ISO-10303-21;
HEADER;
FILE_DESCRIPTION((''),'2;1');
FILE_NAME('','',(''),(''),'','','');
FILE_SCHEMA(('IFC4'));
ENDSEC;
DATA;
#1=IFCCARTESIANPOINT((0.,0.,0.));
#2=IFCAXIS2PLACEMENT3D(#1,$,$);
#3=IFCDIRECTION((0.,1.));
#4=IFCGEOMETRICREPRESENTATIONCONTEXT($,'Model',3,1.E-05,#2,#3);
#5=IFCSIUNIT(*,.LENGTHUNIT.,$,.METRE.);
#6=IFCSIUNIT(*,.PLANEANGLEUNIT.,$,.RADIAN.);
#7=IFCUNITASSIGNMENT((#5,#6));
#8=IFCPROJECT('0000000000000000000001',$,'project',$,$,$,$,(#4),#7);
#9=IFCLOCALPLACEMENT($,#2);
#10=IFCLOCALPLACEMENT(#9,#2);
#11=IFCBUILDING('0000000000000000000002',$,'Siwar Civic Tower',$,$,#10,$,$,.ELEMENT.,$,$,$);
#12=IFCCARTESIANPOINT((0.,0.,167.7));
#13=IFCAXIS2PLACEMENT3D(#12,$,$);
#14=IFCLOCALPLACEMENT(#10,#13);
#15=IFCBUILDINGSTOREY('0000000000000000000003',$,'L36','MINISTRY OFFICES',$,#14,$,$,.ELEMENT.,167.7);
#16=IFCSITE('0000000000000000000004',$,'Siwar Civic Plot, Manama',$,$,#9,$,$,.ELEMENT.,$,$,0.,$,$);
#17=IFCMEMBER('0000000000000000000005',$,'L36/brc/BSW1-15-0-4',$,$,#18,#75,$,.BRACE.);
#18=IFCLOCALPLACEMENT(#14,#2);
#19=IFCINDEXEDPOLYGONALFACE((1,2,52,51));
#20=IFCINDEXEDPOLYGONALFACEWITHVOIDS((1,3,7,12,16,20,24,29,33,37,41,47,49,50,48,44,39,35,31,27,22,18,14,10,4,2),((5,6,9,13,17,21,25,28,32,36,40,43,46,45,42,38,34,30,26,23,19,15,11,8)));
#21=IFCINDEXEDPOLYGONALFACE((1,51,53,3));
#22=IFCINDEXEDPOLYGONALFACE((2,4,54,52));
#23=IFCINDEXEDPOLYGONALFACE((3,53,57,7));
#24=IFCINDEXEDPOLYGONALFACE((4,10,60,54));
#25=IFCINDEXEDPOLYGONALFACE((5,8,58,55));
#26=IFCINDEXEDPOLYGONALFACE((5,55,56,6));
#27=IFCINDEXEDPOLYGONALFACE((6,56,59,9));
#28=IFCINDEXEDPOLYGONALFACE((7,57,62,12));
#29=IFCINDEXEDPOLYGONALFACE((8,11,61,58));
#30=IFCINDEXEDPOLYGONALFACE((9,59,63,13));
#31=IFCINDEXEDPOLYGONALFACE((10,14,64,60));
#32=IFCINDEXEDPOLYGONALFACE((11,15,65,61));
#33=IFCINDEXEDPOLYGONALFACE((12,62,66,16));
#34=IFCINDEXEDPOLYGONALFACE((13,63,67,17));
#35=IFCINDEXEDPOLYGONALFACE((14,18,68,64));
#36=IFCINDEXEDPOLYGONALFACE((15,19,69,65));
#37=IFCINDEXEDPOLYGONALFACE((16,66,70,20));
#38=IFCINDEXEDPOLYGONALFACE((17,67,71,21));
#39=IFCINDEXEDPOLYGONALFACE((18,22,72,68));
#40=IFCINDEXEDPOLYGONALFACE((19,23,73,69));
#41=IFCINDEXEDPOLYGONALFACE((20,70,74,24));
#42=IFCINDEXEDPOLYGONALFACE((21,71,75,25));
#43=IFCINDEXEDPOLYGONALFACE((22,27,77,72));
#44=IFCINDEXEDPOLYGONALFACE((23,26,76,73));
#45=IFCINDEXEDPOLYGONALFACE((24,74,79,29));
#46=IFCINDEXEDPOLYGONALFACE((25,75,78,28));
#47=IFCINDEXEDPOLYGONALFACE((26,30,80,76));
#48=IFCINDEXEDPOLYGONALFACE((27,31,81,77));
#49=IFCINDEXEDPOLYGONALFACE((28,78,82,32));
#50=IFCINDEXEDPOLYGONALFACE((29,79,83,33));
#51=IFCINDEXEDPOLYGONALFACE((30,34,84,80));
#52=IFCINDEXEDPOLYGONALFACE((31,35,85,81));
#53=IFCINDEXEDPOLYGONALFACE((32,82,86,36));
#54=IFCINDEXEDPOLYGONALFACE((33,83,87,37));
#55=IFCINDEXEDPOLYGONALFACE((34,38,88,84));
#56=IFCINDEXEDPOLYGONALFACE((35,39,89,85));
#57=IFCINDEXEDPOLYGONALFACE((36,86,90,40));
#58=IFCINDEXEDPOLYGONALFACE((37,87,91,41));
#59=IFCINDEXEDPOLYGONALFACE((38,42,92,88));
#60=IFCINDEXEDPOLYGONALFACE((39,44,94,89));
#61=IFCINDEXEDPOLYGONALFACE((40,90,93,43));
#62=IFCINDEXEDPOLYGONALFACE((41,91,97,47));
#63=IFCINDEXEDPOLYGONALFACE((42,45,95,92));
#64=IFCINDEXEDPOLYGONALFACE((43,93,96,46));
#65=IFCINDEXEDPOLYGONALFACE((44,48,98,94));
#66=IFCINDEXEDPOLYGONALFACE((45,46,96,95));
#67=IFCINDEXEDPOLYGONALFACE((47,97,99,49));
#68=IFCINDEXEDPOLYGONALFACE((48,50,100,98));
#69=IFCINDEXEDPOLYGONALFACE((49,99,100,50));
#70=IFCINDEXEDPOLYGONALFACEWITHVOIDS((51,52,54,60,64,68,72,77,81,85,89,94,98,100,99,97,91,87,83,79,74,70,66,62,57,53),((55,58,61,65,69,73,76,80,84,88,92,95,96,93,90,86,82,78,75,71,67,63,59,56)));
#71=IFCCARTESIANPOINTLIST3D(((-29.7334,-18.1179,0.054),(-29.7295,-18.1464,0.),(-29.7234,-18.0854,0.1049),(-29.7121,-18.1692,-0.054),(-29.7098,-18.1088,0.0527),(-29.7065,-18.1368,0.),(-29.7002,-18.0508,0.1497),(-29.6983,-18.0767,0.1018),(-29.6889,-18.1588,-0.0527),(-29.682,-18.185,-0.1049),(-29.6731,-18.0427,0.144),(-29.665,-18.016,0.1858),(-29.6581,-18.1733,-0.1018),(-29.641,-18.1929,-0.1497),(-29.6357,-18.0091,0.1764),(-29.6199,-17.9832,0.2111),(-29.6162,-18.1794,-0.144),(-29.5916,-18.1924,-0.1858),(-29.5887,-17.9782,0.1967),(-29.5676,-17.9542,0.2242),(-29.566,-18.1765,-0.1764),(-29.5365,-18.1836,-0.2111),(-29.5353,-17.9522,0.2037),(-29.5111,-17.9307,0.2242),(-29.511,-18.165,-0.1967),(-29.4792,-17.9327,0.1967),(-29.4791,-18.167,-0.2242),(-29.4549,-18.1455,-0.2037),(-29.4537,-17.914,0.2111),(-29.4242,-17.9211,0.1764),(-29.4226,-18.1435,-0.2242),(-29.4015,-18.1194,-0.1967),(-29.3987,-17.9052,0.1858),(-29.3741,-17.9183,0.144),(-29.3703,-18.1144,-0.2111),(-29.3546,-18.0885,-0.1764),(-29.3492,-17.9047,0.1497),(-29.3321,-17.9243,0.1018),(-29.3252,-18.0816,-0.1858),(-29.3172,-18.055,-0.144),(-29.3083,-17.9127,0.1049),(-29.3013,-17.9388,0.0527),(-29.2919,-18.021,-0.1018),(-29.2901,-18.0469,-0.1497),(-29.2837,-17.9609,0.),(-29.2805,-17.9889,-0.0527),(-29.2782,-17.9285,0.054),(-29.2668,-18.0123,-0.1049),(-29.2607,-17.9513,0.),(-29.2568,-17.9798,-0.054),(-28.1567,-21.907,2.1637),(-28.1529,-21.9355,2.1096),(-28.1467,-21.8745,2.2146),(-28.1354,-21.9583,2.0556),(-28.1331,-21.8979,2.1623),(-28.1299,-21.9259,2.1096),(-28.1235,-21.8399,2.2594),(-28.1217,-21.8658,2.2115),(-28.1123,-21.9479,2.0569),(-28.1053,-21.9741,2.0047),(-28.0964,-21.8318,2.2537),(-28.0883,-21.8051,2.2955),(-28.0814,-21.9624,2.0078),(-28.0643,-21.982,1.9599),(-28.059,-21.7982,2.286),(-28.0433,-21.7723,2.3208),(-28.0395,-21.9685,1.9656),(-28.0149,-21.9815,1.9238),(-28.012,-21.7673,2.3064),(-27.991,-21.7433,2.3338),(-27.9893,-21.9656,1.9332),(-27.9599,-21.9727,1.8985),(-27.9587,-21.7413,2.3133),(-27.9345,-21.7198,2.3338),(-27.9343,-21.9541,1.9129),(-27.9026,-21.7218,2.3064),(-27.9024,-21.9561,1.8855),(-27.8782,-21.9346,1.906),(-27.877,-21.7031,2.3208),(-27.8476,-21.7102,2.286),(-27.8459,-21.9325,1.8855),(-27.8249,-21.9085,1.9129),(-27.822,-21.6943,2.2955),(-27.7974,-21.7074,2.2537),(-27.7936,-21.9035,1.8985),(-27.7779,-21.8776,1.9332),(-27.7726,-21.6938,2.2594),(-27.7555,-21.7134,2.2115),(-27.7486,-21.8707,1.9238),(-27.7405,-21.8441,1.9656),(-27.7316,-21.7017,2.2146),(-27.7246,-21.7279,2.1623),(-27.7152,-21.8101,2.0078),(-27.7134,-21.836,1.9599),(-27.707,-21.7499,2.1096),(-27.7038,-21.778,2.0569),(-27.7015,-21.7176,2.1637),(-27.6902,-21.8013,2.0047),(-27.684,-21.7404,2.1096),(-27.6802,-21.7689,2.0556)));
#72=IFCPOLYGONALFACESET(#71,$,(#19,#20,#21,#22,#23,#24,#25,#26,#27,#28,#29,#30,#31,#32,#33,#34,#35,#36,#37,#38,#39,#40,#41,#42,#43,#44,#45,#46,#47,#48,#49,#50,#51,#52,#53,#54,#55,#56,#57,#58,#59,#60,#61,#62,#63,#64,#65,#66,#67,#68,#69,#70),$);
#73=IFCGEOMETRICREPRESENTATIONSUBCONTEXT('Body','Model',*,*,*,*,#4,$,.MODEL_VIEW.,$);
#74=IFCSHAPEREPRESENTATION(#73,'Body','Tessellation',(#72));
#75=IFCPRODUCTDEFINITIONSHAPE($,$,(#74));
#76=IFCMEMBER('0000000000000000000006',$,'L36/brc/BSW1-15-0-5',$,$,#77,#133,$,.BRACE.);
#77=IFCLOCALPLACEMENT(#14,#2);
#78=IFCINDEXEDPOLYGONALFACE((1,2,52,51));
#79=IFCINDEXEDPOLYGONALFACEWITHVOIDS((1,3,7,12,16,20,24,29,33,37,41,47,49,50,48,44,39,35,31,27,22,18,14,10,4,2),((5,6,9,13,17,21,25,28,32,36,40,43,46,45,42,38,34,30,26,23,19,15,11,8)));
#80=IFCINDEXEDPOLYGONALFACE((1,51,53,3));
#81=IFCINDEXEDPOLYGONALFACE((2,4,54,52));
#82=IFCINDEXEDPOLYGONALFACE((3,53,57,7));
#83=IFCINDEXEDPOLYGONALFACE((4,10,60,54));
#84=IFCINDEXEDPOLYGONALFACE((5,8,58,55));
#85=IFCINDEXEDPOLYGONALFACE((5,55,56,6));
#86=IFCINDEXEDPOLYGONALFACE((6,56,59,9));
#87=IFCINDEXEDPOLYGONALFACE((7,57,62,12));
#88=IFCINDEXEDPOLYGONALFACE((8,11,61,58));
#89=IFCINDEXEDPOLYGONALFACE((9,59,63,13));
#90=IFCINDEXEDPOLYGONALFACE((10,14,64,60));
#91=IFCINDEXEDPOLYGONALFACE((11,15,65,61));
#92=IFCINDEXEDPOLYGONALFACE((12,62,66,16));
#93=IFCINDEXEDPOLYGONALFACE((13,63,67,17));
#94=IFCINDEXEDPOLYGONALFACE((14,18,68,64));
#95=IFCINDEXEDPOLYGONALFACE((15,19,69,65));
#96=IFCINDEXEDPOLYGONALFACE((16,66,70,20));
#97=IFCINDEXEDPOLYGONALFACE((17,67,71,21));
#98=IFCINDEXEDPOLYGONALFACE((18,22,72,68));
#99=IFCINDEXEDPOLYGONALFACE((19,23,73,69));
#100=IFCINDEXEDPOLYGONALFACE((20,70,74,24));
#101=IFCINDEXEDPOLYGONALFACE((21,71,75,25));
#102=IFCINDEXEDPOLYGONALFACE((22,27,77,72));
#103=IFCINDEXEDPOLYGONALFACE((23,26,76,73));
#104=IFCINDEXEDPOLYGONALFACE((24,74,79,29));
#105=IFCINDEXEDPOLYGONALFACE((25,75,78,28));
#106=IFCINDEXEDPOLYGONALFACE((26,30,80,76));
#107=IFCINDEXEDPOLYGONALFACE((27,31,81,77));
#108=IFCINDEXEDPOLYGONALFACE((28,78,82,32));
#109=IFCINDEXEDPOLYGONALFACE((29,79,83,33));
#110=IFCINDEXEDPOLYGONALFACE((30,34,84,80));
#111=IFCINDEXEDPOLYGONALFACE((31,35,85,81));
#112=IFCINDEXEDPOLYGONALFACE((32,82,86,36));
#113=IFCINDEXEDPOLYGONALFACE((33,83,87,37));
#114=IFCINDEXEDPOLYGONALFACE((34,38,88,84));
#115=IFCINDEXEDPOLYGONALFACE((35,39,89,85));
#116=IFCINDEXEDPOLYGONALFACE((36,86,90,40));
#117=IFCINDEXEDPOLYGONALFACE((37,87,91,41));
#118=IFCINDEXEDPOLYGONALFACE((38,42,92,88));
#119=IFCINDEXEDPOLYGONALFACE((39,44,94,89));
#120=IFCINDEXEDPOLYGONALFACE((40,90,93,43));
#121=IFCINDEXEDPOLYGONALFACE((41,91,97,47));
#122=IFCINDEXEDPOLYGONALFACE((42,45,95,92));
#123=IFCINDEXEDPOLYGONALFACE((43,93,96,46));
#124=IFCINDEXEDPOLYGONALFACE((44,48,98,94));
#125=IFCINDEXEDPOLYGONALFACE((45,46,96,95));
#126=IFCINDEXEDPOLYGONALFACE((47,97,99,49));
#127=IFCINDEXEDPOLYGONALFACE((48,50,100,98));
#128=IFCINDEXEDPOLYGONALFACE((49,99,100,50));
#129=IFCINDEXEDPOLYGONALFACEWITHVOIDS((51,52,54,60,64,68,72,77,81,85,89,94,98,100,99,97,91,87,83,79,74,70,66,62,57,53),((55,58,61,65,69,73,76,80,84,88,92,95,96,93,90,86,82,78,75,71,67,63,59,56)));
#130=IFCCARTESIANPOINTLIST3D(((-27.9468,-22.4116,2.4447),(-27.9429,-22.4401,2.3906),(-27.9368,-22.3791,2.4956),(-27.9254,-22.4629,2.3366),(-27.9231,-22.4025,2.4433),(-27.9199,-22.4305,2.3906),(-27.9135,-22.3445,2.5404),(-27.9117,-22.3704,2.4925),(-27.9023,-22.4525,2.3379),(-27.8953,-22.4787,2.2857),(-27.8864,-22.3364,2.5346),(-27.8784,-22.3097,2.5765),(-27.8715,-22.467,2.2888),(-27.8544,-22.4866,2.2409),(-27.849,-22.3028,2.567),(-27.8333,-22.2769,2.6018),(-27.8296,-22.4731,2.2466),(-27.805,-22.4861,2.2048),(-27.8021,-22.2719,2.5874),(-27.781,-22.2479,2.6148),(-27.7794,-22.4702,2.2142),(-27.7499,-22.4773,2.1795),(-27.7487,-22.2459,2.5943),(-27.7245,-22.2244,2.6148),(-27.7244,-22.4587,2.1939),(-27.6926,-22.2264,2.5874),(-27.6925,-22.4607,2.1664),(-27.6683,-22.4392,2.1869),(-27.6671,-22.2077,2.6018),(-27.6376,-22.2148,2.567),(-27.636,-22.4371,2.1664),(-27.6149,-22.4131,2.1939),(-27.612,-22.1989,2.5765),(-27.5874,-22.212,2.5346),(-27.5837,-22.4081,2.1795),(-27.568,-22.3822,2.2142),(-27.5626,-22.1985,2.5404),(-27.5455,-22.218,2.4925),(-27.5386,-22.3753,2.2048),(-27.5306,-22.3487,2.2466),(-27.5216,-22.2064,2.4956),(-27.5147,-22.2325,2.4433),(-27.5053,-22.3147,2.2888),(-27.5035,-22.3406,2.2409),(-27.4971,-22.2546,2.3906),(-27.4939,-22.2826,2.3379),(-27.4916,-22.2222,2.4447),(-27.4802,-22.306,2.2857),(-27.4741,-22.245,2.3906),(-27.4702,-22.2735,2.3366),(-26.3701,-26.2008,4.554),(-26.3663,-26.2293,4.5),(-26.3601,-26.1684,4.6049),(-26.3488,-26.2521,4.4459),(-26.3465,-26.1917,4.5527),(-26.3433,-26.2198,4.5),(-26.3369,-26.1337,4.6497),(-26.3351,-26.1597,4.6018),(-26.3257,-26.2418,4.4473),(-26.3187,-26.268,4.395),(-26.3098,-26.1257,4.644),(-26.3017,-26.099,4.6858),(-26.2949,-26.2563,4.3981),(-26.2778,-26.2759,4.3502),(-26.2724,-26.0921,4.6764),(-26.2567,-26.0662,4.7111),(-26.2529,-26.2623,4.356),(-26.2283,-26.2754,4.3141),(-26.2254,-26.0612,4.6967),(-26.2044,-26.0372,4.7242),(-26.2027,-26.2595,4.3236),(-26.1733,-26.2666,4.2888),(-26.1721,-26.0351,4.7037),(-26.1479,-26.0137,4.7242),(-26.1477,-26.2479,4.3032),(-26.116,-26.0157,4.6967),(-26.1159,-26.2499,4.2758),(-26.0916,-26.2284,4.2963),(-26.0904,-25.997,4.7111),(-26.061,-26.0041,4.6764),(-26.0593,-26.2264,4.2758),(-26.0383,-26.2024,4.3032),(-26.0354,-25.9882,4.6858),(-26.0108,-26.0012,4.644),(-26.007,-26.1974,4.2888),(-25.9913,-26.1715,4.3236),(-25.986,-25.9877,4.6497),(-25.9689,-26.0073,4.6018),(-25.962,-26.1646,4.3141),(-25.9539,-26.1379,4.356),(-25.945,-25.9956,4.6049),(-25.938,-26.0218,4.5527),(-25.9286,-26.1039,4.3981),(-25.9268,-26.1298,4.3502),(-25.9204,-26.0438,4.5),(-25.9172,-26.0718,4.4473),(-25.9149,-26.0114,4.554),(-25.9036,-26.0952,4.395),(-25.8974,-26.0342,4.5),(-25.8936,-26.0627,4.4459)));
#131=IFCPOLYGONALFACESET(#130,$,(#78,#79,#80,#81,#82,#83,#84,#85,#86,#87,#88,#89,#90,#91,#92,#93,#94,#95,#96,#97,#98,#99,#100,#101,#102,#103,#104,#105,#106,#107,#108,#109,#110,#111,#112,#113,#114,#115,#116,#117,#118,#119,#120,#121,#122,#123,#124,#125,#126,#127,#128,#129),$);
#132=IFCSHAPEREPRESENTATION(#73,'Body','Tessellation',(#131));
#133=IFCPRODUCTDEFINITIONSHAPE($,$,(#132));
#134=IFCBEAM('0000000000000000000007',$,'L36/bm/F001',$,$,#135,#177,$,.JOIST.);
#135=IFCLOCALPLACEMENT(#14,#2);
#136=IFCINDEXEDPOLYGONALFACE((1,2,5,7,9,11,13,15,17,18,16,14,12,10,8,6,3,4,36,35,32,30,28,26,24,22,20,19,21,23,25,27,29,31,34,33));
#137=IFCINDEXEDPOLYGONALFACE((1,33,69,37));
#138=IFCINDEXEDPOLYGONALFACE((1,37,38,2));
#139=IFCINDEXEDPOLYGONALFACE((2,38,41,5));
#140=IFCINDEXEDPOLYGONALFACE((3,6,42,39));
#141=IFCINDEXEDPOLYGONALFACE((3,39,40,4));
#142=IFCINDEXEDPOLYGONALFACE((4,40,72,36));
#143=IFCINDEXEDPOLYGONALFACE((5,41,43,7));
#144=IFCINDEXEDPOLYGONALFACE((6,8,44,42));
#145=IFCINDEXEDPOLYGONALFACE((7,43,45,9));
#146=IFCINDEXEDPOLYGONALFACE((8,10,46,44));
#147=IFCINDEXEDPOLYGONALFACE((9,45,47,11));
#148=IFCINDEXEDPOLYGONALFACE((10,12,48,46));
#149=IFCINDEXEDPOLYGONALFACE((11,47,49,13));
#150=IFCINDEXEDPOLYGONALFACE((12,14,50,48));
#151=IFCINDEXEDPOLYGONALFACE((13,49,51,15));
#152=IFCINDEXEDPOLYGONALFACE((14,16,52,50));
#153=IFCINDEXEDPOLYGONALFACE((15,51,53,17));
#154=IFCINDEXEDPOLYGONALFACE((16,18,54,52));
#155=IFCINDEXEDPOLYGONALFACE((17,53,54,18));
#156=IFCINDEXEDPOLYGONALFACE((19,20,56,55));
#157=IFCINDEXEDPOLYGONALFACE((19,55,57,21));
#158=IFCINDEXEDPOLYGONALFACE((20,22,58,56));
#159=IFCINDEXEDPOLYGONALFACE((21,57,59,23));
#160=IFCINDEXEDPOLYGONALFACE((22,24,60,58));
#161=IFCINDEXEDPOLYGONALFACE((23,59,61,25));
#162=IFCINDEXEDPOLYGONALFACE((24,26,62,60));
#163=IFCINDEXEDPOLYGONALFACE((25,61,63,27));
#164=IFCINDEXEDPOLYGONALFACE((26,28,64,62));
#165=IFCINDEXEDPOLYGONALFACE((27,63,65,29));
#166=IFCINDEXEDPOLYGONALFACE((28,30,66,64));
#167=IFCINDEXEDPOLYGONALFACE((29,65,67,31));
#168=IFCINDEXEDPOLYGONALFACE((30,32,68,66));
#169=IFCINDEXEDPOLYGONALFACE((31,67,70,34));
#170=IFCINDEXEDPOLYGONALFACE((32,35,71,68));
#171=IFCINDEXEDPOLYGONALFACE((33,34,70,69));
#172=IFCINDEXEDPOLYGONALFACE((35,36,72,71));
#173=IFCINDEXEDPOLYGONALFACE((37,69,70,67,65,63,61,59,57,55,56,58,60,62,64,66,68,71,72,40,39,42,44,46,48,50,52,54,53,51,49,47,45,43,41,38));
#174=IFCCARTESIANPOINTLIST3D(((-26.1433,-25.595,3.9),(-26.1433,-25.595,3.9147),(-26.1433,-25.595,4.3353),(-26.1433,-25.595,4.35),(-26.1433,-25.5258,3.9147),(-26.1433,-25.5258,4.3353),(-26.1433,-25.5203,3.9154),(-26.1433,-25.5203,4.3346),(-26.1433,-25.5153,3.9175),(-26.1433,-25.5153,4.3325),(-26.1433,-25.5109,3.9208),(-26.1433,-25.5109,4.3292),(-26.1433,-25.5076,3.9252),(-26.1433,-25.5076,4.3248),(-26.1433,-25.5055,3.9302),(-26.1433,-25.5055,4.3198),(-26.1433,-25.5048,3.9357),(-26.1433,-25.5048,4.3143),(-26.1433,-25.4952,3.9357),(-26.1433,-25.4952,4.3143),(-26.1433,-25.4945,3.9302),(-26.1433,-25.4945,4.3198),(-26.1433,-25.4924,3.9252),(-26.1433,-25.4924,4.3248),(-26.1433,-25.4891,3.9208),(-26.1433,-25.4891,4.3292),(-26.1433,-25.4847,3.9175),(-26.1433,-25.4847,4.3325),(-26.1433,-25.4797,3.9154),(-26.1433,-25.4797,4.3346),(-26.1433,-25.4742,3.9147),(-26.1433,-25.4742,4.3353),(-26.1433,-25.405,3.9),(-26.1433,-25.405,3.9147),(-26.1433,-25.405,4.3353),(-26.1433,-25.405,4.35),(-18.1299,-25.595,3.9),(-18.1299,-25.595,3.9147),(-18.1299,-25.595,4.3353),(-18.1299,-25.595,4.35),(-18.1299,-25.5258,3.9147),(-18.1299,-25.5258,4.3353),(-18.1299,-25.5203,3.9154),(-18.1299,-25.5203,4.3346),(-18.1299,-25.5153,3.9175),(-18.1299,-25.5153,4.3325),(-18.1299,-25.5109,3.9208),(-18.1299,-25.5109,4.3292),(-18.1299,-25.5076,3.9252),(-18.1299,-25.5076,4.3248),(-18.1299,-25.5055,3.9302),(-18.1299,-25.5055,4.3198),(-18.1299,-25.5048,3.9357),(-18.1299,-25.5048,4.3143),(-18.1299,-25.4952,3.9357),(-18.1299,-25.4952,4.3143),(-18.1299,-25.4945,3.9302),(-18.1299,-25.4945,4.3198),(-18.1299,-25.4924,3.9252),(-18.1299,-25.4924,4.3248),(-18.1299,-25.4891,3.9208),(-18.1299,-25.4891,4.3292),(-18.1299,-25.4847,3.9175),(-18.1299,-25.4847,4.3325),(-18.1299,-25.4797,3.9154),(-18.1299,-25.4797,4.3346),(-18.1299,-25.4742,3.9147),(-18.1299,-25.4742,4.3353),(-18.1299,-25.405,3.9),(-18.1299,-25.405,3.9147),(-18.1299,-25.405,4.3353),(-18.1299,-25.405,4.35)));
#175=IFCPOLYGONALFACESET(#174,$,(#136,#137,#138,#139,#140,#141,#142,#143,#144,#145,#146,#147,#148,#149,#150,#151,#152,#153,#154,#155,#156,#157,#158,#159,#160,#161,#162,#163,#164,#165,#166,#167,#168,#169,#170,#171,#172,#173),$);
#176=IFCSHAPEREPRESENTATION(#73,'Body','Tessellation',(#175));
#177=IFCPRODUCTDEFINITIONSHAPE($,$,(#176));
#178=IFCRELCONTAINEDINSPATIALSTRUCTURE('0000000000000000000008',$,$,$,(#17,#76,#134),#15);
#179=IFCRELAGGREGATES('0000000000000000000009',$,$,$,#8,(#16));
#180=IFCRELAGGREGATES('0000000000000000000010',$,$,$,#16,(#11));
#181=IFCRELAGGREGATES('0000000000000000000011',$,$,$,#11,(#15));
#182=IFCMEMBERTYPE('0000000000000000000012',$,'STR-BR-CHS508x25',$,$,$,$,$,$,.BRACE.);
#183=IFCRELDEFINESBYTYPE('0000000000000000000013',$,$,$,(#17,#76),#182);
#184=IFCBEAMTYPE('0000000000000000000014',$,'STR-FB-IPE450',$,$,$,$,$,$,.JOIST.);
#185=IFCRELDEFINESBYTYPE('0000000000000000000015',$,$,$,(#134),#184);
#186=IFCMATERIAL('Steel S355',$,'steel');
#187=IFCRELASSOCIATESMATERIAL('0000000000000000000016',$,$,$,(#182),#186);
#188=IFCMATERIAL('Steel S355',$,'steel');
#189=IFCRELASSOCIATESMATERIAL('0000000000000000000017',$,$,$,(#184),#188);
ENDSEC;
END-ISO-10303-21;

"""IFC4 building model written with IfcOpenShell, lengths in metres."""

from ifc_helpers import new_model, si_unit, direction, frame, origin, origin_2d, place, context, subcontext, project, spatial, hollow_circle, i_section, extrude, material, material_profile, profile_set, type_object, element, save


model = new_model("IFC4")

# Units and contexts
model_context = context("Model", 3, precision=1e-05, world=origin(), true_north=direction((0.0, 1.0)))
body_context = subcontext(model_context, "Body", "Model", "MODEL_VIEW")
ifc_project = project(units=[si_unit("LENGTHUNIT", "METRE"), si_unit("PLANEANGLEUNIT", "RADIAN")], contexts=[model_context])

# Site, building, storey
site_placement = place(None, origin())
site = spatial("IfcSite", under=ifc_project, at=site_placement, Name="Siwar Civic Plot, Manama", CompositionType="ELEMENT", RefElevation=0.0)
building_placement = place(site_placement, origin())
building = spatial("IfcBuilding", under=site, at=building_placement, Name="Siwar Civic Tower", CompositionType="ELEMENT")
storey_placement = place(building_placement, frame((0.0, 0.0, 167.7)))
storey = spatial("IfcBuildingStorey", under=building, at=storey_placement, Name="L36", Description="MINISTRY OFFICES", CompositionType="ELEMENT", Elevation=167.7)

# Members
ifc_material_1 = material(Name="Steel S355", Category="steel")
ifc_material_profile_1 = material_profile(ifc_material_1, hollow_circle(Radius=0.2539, WallThickness=0.0249, at=origin_2d()), Name="CHS508x25")
ifc_profile_set_1 = profile_set([ifc_material_profile_1], Name="Steel S355")
member_type_1 = type_object("IfcMemberType", Name="STR-BR-CHS508x25", PredefinedType="BRACE", material=ifc_profile_set_1)
for number, where, z_axis, x_axis, name in (
    (1, (-29.4951, -18.0488, 0.0), (0.341677, -0.821126, 0.457175), (0.92326, 0.384176, 0.0), "L36/brc/BSW1-15-0-4"),
    (2, (-27.7085, -22.3425, 2.3906), (0.341671, -0.821163, 0.457113), (0.923269, 0.384155, 0.0), "L36/brc/BSW1-15-0-5"),
):
    element("IfcMember", number, at=place(storey_placement, frame(where, z_axis=z_axis, x_axis=x_axis)), inside=storey, type_object=member_type_1, Name=name, PredefinedType="BRACE", context=body_context, shape_type="SweptSolid", body=[
        extrude(hollow_circle(Radius=0.2539, WallThickness=0.0249, at=origin_2d()), origin(), (0.0, 0.0, 1.0), 4.6145),
    ])

# Beam
ifc_material_2 = material(Name="Steel S355", Category="steel")
ifc_material_profile_2 = material_profile(ifc_material_2, i_section(OverallWidth=0.1899, OverallDepth=0.45, WebThickness=0.0095, FlangeThickness=0.0146, FilletRadius=0.021, at=origin_2d()), Name="IPE450")
ifc_profile_set_2 = profile_set([ifc_material_profile_2], Name="Steel S355")
beam_type_1 = type_object("IfcBeamType", Name="STR-FB-IPE450", PredefinedType="JOIST", material=ifc_profile_set_2)
beam_1_placement = place(storey_placement, frame((-26.1433, -25.5, 4.125), z_axis=(1.0, 0.0, 0.0), x_axis=(0.0, 1.0, 0.0)))
element("IfcBeam", 3, at=beam_1_placement, inside=storey, type_object=beam_type_1, Name="L36/bm/F001", PredefinedType="JOIST", context=body_context, shape_type="SweptSolid", body=[
    extrude(i_section(OverallWidth=0.1899, OverallDepth=0.45, WebThickness=0.0095, FlangeThickness=0.0146, FilletRadius=0.021, at=origin_2d()), origin(), (0.0, 0.0, 1.0), 8.0134),
])

save(model, "model.ifc")
